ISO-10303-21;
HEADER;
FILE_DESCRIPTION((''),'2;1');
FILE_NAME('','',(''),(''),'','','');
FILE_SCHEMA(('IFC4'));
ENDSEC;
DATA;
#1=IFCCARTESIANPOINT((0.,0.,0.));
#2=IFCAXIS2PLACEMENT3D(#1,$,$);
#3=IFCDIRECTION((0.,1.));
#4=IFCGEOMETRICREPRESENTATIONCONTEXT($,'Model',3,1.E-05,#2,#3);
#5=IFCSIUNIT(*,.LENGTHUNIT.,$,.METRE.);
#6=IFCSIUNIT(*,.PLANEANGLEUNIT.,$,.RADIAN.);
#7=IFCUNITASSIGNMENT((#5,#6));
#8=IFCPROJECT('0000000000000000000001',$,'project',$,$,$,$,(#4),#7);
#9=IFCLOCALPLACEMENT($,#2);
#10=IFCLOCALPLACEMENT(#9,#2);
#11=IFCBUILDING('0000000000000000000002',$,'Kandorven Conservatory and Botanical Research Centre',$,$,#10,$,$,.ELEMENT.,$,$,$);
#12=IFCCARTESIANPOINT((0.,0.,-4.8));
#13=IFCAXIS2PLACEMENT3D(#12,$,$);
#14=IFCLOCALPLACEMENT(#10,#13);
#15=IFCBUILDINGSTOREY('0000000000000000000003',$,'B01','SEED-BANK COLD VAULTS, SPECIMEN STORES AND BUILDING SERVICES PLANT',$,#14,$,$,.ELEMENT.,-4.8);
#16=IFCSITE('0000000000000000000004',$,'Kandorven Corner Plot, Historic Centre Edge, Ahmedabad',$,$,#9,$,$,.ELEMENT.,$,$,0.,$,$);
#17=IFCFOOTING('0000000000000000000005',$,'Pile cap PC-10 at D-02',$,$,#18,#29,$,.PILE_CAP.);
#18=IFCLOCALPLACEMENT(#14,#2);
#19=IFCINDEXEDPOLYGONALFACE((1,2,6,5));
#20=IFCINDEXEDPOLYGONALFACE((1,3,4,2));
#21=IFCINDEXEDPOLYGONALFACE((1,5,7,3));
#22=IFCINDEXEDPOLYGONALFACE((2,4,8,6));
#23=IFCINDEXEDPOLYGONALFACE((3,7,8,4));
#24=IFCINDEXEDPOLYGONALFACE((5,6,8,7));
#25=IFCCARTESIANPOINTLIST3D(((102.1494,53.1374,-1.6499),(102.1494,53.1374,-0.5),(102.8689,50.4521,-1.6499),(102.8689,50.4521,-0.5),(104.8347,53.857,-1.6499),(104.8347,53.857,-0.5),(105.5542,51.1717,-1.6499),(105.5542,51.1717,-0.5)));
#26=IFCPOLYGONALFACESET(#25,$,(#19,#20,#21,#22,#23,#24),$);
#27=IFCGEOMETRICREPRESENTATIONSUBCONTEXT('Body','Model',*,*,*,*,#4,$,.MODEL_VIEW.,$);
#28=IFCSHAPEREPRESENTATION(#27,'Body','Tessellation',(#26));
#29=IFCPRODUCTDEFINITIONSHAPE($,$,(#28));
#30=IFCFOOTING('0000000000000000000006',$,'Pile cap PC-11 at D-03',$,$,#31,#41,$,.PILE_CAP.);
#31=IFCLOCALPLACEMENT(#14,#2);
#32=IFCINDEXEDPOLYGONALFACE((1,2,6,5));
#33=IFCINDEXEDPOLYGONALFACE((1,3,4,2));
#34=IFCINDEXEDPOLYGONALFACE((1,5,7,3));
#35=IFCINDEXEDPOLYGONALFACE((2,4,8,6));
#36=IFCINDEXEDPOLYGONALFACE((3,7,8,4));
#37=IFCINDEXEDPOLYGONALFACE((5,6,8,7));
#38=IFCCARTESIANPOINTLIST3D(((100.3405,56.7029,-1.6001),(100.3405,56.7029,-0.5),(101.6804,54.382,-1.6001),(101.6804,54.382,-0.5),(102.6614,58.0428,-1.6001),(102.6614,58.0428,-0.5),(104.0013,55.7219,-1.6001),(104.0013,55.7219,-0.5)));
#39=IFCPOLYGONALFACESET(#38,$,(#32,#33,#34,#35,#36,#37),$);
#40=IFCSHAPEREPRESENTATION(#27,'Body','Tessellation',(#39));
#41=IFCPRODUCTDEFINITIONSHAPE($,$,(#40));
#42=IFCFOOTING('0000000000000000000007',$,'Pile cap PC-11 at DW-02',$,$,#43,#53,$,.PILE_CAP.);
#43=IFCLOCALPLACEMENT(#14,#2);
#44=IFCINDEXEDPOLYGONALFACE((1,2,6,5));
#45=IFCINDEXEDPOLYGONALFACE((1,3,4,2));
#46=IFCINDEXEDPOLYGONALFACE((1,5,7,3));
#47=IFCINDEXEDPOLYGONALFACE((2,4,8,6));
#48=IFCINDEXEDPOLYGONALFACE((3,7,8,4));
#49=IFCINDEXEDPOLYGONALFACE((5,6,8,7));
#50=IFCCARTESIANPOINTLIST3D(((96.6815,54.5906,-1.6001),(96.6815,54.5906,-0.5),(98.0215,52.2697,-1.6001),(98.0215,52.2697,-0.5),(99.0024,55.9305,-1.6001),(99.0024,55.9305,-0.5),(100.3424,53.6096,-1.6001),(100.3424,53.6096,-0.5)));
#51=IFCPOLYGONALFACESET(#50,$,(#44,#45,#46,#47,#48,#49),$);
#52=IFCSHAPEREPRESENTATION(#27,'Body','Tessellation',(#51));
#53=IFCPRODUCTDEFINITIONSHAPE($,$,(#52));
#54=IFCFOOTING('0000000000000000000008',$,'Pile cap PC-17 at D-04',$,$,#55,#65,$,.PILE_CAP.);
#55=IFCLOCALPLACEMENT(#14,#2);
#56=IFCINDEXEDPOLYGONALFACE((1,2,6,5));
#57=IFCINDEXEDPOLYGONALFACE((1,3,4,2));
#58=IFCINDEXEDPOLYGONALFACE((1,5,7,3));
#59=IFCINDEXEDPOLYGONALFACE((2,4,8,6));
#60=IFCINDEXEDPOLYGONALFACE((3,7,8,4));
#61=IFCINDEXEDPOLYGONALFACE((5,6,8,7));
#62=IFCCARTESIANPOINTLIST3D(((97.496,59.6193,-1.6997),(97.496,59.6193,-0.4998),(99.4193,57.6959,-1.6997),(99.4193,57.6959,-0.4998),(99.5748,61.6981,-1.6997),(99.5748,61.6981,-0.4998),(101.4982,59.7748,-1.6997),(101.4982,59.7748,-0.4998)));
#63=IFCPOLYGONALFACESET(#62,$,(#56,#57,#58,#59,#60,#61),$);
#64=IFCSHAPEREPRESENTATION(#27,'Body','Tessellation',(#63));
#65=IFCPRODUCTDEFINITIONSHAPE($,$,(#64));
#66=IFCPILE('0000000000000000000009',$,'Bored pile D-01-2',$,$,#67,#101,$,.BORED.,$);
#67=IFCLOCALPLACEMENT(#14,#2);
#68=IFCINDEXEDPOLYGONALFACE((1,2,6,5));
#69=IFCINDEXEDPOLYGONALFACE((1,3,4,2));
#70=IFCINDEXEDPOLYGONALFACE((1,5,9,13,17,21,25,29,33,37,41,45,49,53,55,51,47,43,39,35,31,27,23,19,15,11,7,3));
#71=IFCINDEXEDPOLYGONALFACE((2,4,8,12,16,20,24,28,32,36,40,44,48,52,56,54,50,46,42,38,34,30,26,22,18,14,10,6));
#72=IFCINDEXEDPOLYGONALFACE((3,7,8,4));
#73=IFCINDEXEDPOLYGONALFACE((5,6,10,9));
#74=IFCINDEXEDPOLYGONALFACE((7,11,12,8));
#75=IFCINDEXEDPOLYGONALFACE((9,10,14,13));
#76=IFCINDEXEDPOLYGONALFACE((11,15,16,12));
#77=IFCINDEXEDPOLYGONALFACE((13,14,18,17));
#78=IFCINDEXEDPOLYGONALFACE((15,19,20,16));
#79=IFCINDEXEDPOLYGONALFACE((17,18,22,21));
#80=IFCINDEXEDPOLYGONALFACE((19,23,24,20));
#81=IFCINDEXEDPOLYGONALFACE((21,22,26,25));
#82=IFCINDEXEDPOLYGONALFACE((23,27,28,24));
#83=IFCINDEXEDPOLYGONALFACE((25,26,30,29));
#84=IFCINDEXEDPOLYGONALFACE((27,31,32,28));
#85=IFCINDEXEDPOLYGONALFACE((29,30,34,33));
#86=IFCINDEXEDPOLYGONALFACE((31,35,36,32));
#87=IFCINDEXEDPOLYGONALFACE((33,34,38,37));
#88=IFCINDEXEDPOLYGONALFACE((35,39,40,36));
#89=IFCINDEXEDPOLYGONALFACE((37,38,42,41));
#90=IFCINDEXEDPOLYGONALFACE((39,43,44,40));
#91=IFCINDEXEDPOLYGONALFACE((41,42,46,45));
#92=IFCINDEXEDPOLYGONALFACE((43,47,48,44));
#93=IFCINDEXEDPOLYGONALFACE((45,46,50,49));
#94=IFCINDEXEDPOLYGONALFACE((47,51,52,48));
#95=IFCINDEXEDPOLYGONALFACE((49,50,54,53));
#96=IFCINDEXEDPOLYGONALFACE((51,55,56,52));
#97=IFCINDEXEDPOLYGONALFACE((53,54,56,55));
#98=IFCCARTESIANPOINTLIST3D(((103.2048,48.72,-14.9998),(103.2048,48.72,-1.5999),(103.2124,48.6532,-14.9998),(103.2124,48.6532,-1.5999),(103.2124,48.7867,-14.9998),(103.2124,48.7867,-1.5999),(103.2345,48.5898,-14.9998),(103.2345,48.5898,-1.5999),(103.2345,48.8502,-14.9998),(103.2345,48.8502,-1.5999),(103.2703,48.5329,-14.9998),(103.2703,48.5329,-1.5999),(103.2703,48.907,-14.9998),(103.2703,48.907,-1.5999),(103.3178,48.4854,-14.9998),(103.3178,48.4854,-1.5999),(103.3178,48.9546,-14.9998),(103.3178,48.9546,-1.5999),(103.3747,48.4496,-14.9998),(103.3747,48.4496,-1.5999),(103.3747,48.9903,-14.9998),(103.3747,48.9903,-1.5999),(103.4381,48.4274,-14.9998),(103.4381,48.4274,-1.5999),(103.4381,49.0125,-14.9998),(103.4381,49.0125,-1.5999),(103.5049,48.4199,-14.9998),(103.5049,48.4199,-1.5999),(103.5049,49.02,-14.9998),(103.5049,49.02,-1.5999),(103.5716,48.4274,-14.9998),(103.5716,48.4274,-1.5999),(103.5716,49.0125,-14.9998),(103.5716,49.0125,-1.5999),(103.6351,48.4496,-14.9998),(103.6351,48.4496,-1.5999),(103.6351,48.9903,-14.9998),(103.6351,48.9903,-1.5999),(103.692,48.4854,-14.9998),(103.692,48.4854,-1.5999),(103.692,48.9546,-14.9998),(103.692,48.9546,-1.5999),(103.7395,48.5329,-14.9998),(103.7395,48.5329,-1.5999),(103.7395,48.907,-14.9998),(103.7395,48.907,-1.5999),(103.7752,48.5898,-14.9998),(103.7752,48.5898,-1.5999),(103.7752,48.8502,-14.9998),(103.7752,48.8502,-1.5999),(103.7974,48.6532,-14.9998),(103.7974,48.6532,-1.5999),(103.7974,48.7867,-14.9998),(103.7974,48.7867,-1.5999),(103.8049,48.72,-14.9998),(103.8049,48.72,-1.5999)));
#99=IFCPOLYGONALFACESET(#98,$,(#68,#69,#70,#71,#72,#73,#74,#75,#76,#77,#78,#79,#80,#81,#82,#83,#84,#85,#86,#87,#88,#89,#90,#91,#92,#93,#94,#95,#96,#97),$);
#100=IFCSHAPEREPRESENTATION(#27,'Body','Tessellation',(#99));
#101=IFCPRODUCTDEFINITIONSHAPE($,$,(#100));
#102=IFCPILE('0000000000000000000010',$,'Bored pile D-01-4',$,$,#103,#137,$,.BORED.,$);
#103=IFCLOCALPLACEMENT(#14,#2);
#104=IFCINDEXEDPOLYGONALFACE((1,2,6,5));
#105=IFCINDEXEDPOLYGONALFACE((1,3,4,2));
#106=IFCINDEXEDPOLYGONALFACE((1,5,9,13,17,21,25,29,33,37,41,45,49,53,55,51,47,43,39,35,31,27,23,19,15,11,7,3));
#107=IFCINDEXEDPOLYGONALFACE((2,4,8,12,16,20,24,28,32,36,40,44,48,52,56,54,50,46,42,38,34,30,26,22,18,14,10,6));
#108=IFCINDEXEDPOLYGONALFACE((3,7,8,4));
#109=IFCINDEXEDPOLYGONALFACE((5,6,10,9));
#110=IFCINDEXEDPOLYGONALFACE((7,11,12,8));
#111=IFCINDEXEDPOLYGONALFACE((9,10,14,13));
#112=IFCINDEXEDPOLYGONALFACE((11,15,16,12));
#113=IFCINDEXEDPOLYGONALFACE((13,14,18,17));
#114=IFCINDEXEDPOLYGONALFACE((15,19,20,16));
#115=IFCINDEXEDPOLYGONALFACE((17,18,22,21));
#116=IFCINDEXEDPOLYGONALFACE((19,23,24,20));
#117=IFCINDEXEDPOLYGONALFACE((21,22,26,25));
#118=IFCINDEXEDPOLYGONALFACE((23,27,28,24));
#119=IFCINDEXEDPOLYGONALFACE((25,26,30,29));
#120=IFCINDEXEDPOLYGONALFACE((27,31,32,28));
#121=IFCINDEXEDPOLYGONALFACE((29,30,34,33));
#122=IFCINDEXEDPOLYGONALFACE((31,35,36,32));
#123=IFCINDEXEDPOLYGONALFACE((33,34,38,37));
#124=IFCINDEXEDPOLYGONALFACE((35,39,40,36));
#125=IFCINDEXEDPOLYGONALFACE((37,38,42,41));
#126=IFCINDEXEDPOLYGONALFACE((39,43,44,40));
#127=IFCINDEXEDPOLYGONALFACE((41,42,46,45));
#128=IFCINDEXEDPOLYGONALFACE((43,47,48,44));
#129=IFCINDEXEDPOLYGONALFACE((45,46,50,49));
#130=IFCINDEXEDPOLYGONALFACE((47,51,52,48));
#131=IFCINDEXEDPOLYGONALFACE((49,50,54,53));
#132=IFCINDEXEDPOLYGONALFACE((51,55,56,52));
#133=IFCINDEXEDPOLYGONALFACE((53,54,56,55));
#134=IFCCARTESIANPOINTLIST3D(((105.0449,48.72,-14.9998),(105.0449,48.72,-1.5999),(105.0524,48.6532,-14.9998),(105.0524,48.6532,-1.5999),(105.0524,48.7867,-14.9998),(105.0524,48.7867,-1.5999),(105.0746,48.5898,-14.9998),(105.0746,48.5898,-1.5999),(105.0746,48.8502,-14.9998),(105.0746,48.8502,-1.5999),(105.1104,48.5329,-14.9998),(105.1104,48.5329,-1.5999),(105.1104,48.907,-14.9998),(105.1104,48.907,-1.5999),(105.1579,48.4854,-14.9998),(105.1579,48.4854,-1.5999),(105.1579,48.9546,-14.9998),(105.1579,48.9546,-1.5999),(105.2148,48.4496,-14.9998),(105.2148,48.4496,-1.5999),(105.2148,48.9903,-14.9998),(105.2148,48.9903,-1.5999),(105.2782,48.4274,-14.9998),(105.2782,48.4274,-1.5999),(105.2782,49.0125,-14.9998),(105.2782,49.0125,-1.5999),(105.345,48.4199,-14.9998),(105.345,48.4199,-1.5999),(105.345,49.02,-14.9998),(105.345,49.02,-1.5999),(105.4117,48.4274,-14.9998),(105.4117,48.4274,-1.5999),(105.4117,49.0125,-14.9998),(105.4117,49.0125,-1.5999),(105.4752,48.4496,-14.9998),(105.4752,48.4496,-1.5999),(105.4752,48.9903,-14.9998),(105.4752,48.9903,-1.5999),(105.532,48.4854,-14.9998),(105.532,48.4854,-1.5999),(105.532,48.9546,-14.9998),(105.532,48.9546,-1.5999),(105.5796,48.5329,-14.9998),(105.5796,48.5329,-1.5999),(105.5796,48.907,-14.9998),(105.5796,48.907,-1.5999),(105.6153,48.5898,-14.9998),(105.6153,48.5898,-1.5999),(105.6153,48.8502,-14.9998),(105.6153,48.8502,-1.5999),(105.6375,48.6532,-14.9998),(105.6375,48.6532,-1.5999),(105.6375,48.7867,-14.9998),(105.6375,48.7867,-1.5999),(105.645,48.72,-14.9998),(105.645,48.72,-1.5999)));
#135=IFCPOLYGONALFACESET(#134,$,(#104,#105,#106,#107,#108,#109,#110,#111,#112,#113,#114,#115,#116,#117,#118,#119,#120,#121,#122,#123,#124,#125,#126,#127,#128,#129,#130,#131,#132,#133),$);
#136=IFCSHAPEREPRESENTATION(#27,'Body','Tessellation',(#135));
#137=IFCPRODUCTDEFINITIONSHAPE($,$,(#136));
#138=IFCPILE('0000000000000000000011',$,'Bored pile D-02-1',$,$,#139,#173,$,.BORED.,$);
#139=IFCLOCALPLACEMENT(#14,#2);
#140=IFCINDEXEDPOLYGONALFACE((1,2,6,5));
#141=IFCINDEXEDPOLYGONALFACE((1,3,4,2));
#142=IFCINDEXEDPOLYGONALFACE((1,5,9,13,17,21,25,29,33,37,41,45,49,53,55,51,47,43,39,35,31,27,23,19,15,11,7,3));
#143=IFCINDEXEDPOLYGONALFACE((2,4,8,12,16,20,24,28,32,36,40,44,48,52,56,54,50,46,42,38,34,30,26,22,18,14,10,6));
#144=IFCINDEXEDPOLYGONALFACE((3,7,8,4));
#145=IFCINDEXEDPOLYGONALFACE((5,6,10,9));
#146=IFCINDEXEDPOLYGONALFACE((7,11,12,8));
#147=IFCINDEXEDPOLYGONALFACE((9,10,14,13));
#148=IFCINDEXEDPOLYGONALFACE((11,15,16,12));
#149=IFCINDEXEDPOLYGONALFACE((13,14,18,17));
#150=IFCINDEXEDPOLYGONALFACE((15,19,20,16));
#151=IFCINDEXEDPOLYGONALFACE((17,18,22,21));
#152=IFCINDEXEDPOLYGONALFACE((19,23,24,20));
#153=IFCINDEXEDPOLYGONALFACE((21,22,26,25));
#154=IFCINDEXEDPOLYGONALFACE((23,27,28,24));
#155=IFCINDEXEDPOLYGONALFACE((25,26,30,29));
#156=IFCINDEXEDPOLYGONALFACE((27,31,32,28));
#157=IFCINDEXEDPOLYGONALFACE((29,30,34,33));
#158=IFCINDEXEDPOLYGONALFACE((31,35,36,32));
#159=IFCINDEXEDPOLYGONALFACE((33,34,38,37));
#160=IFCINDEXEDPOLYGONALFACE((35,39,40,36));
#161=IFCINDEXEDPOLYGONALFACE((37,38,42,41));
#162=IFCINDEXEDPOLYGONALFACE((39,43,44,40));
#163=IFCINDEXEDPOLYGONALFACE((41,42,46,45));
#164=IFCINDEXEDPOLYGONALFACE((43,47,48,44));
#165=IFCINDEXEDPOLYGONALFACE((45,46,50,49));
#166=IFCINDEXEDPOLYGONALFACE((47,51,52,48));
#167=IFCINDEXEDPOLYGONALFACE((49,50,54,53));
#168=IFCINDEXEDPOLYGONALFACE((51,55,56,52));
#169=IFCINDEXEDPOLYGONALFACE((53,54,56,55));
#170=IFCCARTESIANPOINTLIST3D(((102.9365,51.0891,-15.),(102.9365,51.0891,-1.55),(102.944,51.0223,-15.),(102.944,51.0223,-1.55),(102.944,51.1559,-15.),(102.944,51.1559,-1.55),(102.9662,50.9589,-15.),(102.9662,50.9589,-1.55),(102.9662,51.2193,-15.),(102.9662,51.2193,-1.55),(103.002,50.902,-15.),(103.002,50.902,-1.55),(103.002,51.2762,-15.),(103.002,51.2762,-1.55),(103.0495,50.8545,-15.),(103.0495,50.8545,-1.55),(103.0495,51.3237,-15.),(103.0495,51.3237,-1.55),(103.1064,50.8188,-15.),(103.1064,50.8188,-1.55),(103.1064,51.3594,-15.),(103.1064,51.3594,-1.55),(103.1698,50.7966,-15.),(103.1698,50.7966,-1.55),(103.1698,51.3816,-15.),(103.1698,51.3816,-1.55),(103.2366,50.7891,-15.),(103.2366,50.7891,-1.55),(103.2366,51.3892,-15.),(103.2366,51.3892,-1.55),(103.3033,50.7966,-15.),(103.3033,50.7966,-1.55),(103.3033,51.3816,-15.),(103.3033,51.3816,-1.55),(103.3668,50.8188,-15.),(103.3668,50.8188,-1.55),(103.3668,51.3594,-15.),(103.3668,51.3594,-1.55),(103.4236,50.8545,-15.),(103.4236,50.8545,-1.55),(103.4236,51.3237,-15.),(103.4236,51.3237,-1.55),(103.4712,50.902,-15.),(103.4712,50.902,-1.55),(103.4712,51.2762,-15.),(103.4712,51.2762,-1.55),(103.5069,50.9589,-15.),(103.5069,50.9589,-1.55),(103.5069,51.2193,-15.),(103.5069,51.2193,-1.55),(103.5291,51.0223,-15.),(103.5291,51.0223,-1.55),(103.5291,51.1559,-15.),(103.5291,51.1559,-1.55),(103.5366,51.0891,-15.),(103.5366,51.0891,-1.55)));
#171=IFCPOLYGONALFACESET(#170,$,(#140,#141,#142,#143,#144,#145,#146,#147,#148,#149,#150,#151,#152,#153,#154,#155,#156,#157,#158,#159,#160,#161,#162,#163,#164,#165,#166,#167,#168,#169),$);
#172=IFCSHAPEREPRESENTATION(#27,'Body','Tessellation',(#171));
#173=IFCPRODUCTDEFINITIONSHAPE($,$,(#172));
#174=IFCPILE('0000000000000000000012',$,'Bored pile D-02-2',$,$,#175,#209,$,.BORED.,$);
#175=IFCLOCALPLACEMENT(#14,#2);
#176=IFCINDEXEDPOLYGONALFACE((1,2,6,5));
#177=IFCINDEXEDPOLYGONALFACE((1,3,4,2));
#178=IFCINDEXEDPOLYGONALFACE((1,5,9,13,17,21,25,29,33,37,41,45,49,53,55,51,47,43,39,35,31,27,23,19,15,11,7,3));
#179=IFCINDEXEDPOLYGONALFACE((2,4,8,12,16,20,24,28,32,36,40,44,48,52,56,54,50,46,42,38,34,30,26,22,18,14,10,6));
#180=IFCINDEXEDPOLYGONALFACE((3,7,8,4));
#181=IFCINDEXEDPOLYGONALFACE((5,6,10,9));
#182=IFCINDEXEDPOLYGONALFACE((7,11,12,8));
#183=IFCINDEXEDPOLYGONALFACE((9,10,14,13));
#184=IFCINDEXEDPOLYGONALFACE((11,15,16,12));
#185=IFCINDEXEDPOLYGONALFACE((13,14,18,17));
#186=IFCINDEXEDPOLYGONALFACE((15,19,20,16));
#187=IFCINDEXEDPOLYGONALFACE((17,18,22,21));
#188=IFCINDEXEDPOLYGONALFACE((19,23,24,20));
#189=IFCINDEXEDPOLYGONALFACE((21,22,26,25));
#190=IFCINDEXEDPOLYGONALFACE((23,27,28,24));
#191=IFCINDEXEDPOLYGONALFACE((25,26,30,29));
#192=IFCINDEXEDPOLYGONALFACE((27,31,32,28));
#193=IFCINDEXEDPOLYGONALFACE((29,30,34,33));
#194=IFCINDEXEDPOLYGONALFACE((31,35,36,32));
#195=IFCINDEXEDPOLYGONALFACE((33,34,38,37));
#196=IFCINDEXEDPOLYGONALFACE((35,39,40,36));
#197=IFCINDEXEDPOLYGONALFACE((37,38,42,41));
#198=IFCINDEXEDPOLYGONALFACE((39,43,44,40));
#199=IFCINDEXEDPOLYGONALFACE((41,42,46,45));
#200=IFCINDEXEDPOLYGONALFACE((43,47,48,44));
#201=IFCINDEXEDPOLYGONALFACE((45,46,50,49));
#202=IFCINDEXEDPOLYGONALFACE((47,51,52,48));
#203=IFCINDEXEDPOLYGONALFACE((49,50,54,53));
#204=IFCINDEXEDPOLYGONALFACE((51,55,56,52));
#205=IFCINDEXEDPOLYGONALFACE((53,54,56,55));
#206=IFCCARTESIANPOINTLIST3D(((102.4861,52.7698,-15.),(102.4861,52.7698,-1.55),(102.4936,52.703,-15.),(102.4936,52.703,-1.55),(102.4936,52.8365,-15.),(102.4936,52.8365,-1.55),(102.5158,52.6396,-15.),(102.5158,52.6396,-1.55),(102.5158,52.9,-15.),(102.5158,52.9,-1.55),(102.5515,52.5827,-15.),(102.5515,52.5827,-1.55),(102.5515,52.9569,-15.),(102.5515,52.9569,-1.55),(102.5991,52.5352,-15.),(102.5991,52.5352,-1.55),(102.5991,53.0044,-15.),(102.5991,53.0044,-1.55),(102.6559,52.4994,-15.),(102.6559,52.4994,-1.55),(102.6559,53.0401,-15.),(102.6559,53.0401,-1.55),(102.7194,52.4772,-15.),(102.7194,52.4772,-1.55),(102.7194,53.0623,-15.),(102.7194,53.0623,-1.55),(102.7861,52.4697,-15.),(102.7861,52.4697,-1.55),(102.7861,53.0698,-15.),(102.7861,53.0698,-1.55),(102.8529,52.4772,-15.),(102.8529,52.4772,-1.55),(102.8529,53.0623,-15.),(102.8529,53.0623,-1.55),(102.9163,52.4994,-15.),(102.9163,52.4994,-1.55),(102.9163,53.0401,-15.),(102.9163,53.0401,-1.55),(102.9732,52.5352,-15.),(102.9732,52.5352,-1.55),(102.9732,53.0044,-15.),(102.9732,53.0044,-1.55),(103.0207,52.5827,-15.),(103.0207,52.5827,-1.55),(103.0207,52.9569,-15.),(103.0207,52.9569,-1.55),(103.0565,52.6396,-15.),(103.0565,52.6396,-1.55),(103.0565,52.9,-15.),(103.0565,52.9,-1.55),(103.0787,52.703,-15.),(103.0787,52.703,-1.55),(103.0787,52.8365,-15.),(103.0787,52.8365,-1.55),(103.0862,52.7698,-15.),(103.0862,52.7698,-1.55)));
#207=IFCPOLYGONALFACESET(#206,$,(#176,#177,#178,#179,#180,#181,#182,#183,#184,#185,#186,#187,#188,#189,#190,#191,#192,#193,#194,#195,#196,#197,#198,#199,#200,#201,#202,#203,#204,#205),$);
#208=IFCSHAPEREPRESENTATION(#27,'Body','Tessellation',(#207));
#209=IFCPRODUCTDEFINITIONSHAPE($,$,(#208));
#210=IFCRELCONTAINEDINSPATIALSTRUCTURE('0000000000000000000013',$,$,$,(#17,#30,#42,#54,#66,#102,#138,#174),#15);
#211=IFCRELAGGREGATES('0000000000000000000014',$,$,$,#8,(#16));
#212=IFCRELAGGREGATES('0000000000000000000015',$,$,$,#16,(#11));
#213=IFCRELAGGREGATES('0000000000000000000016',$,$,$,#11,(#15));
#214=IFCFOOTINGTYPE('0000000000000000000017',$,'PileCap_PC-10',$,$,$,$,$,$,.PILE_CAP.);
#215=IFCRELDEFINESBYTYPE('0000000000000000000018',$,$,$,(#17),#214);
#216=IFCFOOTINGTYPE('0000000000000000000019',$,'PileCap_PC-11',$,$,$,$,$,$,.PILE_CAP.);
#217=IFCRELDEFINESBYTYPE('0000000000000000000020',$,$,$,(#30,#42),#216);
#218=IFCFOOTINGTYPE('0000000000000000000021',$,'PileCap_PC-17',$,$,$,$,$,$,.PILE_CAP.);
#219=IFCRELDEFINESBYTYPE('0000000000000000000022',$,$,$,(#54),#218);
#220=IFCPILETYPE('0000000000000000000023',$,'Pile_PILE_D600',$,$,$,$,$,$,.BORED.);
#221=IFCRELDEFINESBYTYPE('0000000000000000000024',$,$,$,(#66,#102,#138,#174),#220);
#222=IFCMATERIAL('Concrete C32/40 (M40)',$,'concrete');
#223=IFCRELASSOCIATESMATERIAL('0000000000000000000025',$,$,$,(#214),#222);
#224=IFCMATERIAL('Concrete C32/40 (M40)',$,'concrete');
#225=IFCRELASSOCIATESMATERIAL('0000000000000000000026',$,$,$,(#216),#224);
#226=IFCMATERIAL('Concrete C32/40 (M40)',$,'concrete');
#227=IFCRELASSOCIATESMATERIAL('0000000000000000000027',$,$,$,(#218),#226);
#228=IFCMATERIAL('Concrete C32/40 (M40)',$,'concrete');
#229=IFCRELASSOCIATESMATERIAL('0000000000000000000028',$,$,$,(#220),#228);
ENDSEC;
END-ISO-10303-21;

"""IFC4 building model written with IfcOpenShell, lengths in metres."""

from ifc_helpers import new_model, si_unit, direction, frame, origin, origin_2d, place, context, subcontext, project, spatial, rectangle, circle, extrude, material, material_profile, profile_set, type_object, element, save


model = new_model("IFC4")

# Units and contexts
model_context = context("Model", 3, precision=1e-05, world=origin(), true_north=direction((0.0, 1.0)))
body_context = subcontext(model_context, "Body", "Model", "MODEL_VIEW")
ifc_project = project(units=[si_unit("LENGTHUNIT", "METRE"), si_unit("PLANEANGLEUNIT", "RADIAN")], contexts=[model_context])

# Site, building, storey
site_placement = place(None, origin())
site = spatial("IfcSite", under=ifc_project, at=site_placement, Name="Kandorven Corner Plot, Historic Centre Edge, Ahmedabad", CompositionType="ELEMENT", RefElevation=0.0)
building_placement = place(site_placement, origin())
building = spatial("IfcBuilding", under=site, at=building_placement, Name="Kandorven Conservatory and Botanical Research Centre", CompositionType="ELEMENT")
storey_placement = place(building_placement, frame((0.0, 0.0, -4.8)))
storey = spatial("IfcBuildingStorey", under=building, at=storey_placement, Name="B01", Description="SEED-BANK COLD VAULTS, SPECIMEN STORES AND BUILDING SERVICES PLANT", CompositionType="ELEMENT", Elevation=-4.8)

# Footings
ifc_material_1 = material(Name="Concrete C32/40 (M40)", Category="concrete")
footing_type_1 = type_object("IfcFootingType", Name="PileCap_PC-10", PredefinedType="PILE_CAP", material=ifc_material_1)
footing_1_placement = place(storey_placement, frame((103.8518, 52.1545, -1.6499), z_axis=(0.0, 0.0, 1.0), x_axis=(0.965926, 0.258819, 0.0)))
element("IfcFooting", 1, at=footing_1_placement, inside=storey, type_object=footing_type_1, Name="Pile cap PC-10 at D-02", PredefinedType="PILE_CAP", context=body_context, shape_type="SweptSolid", body=[
    extrude(rectangle(XDim=2.78, YDim=2.78, at=origin_2d()), origin(), (0.0, 0.0, 1.0), 1.1499),
])
ifc_material_2 = material(Name="Concrete C32/40 (M40)", Category="concrete")
footing_type_2 = type_object("IfcFootingType", Name="PileCap_PC-11", PredefinedType="PILE_CAP", material=ifc_material_2)
for number, where, z_axis, x_axis, name in (
    (2, (102.1709, 56.2124, -1.6001), (0.0, 0.0, 1.0), (0.866025, 0.5, 0.0), "Pile cap PC-11 at D-03"),
    (3, (98.512, 54.1001, -1.6001), (0.0, 0.0, 1.0), (0.866025, 0.5, 0.0), "Pile cap PC-11 at DW-02"),
):
    element("IfcFooting", number, at=place(storey_placement, frame(where, z_axis=z_axis, x_axis=x_axis)), inside=storey, type_object=footing_type_2, Name=name, PredefinedType="PILE_CAP", context=body_context, shape_type="SweptSolid", body=[
        extrude(rectangle(XDim=2.6799, YDim=2.6799, at=origin_2d()), origin(), (0.0, 0.0, 1.0), 1.1001),
    ])
ifc_material_3 = material(Name="Concrete C32/40 (M40)", Category="concrete")
footing_type_3 = type_object("IfcFootingType", Name="PileCap_PC-17", PredefinedType="PILE_CAP", material=ifc_material_3)
footing_2_placement = place(storey_placement, frame((99.4971, 59.697, -1.6997), z_axis=(0.0, 0.0, 1.0), x_axis=(0.707107, 0.707107, 0.0)))
element("IfcFooting", 4, at=footing_2_placement, inside=storey, type_object=footing_type_3, Name="Pile cap PC-17 at D-04", PredefinedType="PILE_CAP", context=body_context, shape_type="SweptSolid", body=[
    extrude(rectangle(XDim=2.9399, YDim=2.72, at=origin_2d()), origin(), (0.0, 0.0, 1.0), 1.2),
])

# Piles
ifc_material_4 = material(Name="Concrete C32/40 (M40)", Category="concrete")
ifc_material_profile_1 = material_profile(ifc_material_4, circle(Radius=0.3, at=origin_2d()))
ifc_profile_set_1 = profile_set([ifc_material_profile_1], Name="Concrete C32/40 (M40)")
pile_type = type_object("IfcPileType", Name="Pile_PILE_D600", PredefinedType="BORED", material=ifc_profile_set_1)
for number, where, z_axis, x_axis, name in (
    (5, (103.5049, 48.72, -1.5999), (0.0, 0.0, -1.0), (1.0, 0.0, 0.0), "Bored pile D-01-2"),
    (6, (105.345, 48.72, -1.5999), (0.0, 0.0, -1.0), (1.0, 0.0, 0.0), "Bored pile D-01-4"),
):
    element("IfcPile", number, at=place(storey_placement, frame(where, z_axis=z_axis, x_axis=x_axis)), inside=storey, type_object=pile_type, Name=name, PredefinedType="BORED", context=body_context, shape_type="SweptSolid", body=[
        extrude(circle(Radius=0.3, at=origin_2d()), origin(), (0.0, 0.0, 1.0), 13.3999),
    ])
for number, where, z_axis, x_axis, name in (
    (7, (103.2366, 51.0891, -1.55), (0.0, 0.0, -1.0), (1.0, 0.0, 0.0), "Bored pile D-02-1"),
    (8, (102.7861, 52.7698, -1.55), (0.0, 0.0, -1.0), (1.0, 0.0, 0.0), "Bored pile D-02-2"),
):
    element("IfcPile", number, at=place(storey_placement, frame(where, z_axis=z_axis, x_axis=x_axis)), inside=storey, type_object=pile_type, Name=name, PredefinedType="BORED", context=body_context, shape_type="SweptSolid", body=[
        extrude(circle(Radius=0.3, at=origin_2d()), origin(), (0.0, 0.0, 1.0), 13.45),
    ])

save(model, "model.ifc")
